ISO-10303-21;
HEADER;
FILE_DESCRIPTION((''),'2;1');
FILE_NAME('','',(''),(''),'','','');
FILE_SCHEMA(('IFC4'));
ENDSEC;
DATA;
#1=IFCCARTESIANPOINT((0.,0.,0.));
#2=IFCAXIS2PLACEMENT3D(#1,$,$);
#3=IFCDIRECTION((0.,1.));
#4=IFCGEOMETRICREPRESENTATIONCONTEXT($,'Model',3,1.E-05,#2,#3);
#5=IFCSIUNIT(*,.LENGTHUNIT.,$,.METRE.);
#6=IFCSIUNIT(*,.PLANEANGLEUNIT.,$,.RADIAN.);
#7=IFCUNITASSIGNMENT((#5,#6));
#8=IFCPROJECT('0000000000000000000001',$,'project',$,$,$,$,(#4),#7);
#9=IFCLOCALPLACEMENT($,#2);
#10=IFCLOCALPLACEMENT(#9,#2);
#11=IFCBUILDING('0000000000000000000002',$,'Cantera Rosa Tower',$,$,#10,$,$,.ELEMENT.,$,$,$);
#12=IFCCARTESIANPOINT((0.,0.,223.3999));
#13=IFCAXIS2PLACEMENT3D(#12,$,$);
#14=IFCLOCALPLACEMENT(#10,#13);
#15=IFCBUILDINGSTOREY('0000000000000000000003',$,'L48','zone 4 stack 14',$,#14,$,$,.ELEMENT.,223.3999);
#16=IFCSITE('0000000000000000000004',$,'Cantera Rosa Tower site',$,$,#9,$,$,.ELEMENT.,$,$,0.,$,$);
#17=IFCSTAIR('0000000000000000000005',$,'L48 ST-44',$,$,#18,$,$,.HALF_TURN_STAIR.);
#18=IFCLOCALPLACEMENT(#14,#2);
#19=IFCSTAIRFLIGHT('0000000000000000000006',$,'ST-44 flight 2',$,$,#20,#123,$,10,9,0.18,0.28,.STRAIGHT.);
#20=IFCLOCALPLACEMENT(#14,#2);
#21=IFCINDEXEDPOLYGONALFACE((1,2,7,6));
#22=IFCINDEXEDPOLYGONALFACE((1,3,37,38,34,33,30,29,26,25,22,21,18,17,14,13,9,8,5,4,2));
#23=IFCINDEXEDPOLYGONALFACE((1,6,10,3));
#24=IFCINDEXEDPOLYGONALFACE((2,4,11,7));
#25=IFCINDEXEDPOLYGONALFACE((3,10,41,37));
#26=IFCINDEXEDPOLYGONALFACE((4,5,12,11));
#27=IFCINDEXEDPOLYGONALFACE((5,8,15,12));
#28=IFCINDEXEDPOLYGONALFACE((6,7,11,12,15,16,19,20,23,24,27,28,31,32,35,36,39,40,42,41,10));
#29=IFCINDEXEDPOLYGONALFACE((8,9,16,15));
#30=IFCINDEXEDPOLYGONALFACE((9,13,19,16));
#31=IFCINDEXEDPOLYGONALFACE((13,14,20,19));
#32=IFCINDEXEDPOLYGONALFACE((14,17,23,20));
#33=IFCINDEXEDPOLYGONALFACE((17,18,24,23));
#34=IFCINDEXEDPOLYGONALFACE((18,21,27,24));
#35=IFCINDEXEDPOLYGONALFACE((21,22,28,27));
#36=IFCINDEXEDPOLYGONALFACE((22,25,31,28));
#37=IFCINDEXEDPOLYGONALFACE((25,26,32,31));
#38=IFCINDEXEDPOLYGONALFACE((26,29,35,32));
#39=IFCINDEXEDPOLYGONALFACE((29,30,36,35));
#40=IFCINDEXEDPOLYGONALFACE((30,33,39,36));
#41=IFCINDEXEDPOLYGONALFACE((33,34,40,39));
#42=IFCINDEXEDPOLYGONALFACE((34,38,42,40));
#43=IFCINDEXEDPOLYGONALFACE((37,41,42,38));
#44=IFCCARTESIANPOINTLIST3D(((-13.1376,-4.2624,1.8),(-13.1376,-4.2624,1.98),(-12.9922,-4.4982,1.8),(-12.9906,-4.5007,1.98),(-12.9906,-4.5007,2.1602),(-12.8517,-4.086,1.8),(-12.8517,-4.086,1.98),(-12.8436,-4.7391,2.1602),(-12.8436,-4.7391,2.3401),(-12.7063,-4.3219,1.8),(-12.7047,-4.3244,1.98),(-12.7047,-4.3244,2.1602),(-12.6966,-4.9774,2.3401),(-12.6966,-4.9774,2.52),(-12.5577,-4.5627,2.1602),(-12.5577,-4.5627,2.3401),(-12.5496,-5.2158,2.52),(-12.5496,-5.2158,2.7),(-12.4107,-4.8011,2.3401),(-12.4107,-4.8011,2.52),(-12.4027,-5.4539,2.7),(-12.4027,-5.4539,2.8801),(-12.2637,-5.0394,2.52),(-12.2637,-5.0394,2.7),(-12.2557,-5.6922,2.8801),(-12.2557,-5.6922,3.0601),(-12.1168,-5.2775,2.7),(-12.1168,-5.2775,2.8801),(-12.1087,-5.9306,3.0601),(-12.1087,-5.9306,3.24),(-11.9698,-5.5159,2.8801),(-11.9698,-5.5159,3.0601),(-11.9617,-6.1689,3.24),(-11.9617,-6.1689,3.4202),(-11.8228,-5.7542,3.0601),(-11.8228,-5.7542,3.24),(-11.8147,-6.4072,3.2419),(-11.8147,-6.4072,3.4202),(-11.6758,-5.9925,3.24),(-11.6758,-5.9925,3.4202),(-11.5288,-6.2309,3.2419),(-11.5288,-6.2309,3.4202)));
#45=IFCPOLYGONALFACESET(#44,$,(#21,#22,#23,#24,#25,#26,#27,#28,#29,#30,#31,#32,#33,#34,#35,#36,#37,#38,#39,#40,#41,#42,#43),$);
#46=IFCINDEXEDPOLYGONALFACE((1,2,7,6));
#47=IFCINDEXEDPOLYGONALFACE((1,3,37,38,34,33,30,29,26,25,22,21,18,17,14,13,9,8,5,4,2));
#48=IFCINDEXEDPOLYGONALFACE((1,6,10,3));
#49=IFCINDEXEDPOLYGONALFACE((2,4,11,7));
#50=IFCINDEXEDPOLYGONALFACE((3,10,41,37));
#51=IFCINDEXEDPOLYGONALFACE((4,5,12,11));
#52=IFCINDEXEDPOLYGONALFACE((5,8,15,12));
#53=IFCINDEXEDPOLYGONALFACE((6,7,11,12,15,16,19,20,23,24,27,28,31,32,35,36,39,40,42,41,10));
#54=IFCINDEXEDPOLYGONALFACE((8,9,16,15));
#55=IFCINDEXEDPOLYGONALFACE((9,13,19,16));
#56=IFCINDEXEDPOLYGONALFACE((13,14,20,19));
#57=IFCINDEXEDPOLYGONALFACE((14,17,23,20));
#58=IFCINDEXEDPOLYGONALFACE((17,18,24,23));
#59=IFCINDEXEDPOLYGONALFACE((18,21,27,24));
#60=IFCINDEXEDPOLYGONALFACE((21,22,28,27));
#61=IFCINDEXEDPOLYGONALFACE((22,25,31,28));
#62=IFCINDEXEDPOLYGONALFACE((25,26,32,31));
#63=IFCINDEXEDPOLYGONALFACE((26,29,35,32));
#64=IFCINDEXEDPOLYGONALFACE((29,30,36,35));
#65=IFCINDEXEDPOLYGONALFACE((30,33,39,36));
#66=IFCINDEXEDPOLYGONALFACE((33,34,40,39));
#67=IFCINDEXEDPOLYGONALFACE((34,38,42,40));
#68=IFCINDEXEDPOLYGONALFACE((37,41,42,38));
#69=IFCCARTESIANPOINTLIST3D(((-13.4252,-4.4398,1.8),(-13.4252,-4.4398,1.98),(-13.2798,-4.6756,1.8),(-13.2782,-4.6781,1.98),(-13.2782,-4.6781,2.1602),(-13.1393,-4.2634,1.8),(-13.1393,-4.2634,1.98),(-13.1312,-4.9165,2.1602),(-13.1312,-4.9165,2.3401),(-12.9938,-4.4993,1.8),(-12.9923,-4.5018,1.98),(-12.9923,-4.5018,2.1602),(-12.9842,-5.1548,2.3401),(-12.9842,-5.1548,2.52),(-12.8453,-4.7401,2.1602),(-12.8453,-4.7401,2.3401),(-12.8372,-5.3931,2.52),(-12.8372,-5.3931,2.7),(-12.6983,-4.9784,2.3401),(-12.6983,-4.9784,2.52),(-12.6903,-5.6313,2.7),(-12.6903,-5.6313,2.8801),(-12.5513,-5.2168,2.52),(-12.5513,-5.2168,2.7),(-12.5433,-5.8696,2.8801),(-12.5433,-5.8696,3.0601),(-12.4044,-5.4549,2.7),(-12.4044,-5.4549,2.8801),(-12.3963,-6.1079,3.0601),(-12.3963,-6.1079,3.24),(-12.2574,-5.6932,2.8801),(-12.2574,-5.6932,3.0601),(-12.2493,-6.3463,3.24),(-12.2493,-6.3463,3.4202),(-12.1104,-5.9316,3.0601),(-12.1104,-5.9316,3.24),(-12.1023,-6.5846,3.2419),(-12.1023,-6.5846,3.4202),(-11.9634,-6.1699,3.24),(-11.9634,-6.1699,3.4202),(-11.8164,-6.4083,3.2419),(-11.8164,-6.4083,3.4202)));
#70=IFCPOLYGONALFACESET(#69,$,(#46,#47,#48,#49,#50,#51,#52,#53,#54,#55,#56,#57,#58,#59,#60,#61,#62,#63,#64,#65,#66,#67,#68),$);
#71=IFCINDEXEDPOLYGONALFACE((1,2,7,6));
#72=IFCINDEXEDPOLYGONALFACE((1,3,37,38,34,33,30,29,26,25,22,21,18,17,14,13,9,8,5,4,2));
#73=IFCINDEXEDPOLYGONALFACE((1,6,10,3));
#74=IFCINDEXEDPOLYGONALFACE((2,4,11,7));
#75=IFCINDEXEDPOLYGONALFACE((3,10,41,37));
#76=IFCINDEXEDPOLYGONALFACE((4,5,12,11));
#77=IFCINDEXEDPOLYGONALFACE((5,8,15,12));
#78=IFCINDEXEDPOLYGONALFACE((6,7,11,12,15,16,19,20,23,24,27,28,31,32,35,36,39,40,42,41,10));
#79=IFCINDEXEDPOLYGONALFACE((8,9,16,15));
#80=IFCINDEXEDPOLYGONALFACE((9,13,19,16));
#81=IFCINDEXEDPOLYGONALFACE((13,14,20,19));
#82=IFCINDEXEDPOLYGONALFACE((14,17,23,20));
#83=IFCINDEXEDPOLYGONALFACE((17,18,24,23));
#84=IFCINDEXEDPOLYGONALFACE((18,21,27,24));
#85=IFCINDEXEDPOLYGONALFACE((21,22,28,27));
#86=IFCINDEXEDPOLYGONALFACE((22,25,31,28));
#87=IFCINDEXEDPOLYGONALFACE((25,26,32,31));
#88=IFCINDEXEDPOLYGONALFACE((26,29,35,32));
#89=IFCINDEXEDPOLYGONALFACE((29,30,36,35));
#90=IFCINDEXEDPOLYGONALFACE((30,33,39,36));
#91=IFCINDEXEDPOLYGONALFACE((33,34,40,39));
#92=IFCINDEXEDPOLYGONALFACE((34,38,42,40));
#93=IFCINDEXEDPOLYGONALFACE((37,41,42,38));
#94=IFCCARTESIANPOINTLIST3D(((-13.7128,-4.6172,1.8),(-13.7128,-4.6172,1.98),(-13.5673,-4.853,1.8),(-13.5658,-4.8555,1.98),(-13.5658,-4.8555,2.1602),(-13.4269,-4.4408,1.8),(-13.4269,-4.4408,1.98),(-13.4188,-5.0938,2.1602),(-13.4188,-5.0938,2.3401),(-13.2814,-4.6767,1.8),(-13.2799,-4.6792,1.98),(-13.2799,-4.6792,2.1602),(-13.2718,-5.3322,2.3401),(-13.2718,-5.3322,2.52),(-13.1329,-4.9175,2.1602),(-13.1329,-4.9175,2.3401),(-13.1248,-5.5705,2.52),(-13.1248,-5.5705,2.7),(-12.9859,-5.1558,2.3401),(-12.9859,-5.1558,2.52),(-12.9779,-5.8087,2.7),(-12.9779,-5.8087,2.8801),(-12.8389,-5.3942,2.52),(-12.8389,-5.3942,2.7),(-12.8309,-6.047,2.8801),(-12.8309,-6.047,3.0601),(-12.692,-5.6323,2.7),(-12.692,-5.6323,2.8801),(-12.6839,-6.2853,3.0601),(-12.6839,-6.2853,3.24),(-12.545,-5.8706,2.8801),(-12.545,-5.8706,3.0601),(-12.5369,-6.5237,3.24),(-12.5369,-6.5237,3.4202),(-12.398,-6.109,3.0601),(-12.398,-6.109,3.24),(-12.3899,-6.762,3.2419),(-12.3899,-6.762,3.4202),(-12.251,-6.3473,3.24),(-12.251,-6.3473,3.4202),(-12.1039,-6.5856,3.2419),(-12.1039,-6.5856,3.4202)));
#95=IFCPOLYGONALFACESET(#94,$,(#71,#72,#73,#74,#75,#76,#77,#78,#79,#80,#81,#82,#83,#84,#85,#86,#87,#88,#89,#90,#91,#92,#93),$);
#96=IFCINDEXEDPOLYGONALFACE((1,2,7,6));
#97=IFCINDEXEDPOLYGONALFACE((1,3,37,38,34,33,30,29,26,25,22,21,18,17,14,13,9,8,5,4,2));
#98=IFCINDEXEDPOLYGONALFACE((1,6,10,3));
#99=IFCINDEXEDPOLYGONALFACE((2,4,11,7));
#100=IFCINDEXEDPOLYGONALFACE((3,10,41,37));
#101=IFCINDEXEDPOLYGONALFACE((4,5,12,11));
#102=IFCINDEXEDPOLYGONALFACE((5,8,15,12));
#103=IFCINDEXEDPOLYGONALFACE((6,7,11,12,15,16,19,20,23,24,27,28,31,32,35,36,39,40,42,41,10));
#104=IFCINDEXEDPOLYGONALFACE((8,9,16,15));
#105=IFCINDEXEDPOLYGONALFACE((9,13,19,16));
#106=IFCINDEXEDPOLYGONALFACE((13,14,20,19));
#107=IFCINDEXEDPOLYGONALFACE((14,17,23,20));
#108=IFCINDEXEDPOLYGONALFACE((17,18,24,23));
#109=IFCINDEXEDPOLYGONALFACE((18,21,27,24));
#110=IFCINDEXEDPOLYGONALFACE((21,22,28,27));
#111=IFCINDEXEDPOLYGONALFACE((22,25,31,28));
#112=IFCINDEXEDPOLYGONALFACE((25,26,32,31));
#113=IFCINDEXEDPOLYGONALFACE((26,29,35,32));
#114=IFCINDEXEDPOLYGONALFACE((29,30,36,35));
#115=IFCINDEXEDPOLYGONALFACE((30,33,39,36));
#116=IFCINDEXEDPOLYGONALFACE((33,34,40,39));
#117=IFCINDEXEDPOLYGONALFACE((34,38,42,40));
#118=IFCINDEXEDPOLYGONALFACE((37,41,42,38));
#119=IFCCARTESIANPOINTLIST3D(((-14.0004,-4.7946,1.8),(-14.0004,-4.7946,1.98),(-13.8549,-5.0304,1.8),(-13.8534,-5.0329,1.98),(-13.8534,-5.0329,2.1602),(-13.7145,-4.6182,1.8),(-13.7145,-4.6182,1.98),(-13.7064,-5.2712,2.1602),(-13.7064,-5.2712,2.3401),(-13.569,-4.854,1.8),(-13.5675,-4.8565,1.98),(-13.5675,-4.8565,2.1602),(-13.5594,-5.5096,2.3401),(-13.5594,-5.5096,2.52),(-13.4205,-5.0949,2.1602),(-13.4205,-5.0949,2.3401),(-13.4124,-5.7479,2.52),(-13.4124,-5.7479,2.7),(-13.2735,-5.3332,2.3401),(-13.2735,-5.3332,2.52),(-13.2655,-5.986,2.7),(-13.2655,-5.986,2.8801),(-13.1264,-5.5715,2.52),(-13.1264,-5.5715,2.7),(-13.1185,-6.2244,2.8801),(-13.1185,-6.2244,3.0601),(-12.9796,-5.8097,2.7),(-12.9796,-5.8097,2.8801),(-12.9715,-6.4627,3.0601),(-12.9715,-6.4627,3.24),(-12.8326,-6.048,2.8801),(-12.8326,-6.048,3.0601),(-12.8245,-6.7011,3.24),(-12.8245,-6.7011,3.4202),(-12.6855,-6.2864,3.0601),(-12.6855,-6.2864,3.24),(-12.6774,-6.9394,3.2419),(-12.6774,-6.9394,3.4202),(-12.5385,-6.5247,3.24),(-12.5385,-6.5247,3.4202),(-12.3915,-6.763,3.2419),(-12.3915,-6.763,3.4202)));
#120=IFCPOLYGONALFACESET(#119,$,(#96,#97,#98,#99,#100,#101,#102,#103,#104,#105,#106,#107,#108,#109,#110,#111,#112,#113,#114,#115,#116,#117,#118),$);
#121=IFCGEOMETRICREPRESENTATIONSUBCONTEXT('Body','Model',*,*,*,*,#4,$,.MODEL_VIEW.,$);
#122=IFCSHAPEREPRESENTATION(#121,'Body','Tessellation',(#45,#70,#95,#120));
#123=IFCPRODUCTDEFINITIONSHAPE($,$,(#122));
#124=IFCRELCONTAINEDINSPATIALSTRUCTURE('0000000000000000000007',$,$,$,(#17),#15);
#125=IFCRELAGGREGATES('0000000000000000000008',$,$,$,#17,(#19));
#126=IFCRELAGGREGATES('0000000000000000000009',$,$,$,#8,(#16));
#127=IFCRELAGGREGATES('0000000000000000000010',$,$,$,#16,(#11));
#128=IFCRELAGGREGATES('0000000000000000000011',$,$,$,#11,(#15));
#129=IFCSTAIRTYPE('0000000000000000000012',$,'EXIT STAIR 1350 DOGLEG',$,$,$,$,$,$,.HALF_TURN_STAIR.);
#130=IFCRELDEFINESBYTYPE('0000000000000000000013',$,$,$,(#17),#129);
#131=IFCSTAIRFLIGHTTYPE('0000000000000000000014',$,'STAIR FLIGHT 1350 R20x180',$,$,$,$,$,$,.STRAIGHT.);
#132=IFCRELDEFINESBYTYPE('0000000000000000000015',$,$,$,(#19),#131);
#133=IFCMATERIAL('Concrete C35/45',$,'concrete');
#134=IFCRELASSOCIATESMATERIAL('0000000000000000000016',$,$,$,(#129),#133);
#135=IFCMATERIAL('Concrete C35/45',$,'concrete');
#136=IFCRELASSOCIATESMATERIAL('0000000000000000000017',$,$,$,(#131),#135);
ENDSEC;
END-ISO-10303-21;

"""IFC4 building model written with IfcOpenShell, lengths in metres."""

from ifc_helpers import new_model, si_unit, direction, frame, origin, place, context, subcontext, project, spatial, polyline, outline, extrude, material, type_object, element, aggregate, save


model = new_model("IFC4")

# Units and contexts
model_context = context("Model", 3, precision=1e-05, world=origin(), true_north=direction((0.0, 1.0)))
body_context = subcontext(model_context, "Body", "Model", "MODEL_VIEW")
ifc_project = project(units=[si_unit("LENGTHUNIT", "METRE"), si_unit("PLANEANGLEUNIT", "RADIAN")], contexts=[model_context])

# Site, building, storey
site_placement = place(None, origin())
site = spatial("IfcSite", under=ifc_project, at=site_placement, Name="Cantera Rosa Tower site", CompositionType="ELEMENT", RefElevation=0.0)
building_placement = place(site_placement, origin())
building = spatial("IfcBuilding", under=site, at=building_placement, Name="Cantera Rosa Tower", CompositionType="ELEMENT")
storey_placement = place(building_placement, frame((0.0, 0.0, 223.3999)))
storey = spatial("IfcBuildingStorey", under=building, at=storey_placement, Name="L48", Description="zone 4 stack 14", CompositionType="ELEMENT", Elevation=223.3999)

# Shared definitions
ifc_material_1 = material(Name="Concrete C35/45", Category="concrete")
stair_type = type_object("IfcStairType", Name="EXIT STAIR 1350 DOGLEG", PredefinedType="HALF_TURN_STAIR", material=ifc_material_1)
ifc_material_2 = material(Name="Concrete C35/45", Category="concrete")
stair_flight_type = type_object("IfcStairFlightType", Name="STAIR FLIGHT 1350 R20x180", PredefinedType="STRAIGHT", material=ifc_material_2)

# Stair, stair flight
stair_1_placement = place(storey_placement, origin())
stair_1 = element("IfcStair", 1, at=stair_1_placement, inside=storey, type_object=stair_type, Name="L48 ST-44", PredefinedType="HALF_TURN_STAIR")
stair_flight_1_placement = place(storey_placement, frame((-13.4263, -4.4404, 1.8), z_axis=(0.0, 0.0, 1.0), x_axis=(0.524977, -0.851117, 0.0)))
stair_flight_1 = element("IfcStairFlight", 2, at=stair_flight_1_placement, type_object=stair_flight_type, Name="ST-44 flight 2", NumberOfRisers=10, NumberOfTreads=9, PredefinedType="STRAIGHT", RiserHeight=0.18, TreadLength=0.28, context=body_context, shape_type="SweptSolid", body=[
    extrude(outline(polyline([(0.0, 0.0), (0.0, 0.1799), (0.28, 0.1799), (0.28, 0.3601), (0.5601, 0.3601), (0.5601, 0.54), (0.8401, 0.54), (0.8401, 0.72), (1.1201, 0.72), (1.1201, 0.8999), (1.3999, 0.8999), (1.3999, 1.0801), (1.6799, 1.0801), (1.6799, 1.26), (1.96, 1.26), (1.96, 1.4399), (2.24, 1.4399), (2.24, 1.6201), (2.52, 1.6201), (2.52, 1.8), (2.52, 1.4419), (0.2771, 0.0), (0.0, 0.0)])), frame((0.0, 0.675, 0.0), z_axis=(0.0, -1.0, 0.0), x_axis=(1.0, 0.0, 0.0)), (0.0, 0.0, 1.0), 0.3359),
    extrude(outline(polyline([(0.0, 0.0), (0.0, 0.1799), (0.28, 0.1799), (0.28, 0.3601), (0.5601, 0.3601), (0.5601, 0.54), (0.8401, 0.54), (0.8401, 0.72), (1.1201, 0.72), (1.1201, 0.8999), (1.3999, 0.8999), (1.3999, 1.0801), (1.6799, 1.0801), (1.6799, 1.26), (1.96, 1.26), (1.96, 1.4399), (2.24, 1.4399), (2.24, 1.6201), (2.52, 1.6201), (2.52, 1.8), (2.52, 1.4419), (0.2771, 0.0), (0.0, 0.0)])), frame((0.0, 0.3372, 0.0), z_axis=(0.0, -1.0, 0.0), x_axis=(1.0, 0.0, 0.0)), (0.0, 0.0, 1.0), 0.3359),
    extrude(outline(polyline([(0.0, 0.0), (0.0, 0.1799), (0.28, 0.1799), (0.28, 0.3601), (0.5601, 0.3601), (0.5601, 0.54), (0.8401, 0.54), (0.8401, 0.72), (1.1201, 0.72), (1.1201, 0.8999), (1.3999, 0.8999), (1.3999, 1.0801), (1.6799, 1.0801), (1.6799, 1.26), (1.96, 1.26), (1.96, 1.4399), (2.24, 1.4399), (2.24, 1.6201), (2.52, 1.6201), (2.52, 1.8), (2.52, 1.4419), (0.2771, 0.0), (0.0, 0.0)])), frame((0.0, -0.0007, 0.0), z_axis=(0.0, -1.0, 0.0), x_axis=(1.0, 0.0, 0.0)), (0.0, 0.0, 1.0), 0.3359),
    extrude(outline(polyline([(0.0, 0.0), (0.0, 0.1799), (0.28, 0.1799), (0.28, 0.3601), (0.5601, 0.3601), (0.5601, 0.54), (0.8401, 0.54), (0.8401, 0.72), (1.1201, 0.72), (1.1201, 0.8999), (1.3999, 0.8999), (1.3999, 1.0801), (1.6799, 1.0801), (1.6799, 1.26), (1.96, 1.26), (1.96, 1.4399), (2.24, 1.4399), (2.24, 1.6201), (2.52, 1.6201), (2.52, 1.8), (2.52, 1.4419), (0.2771, 0.0), (0.0, 0.0)])), frame((0.0, -0.3386, 0.0), z_axis=(0.0, -1.0, 0.0), x_axis=(1.0, 0.0, 0.0)), (0.0, 0.0, 1.0), 0.3359),
])
aggregate(stair_1, [stair_flight_1])

save(model, "model.ifc")
